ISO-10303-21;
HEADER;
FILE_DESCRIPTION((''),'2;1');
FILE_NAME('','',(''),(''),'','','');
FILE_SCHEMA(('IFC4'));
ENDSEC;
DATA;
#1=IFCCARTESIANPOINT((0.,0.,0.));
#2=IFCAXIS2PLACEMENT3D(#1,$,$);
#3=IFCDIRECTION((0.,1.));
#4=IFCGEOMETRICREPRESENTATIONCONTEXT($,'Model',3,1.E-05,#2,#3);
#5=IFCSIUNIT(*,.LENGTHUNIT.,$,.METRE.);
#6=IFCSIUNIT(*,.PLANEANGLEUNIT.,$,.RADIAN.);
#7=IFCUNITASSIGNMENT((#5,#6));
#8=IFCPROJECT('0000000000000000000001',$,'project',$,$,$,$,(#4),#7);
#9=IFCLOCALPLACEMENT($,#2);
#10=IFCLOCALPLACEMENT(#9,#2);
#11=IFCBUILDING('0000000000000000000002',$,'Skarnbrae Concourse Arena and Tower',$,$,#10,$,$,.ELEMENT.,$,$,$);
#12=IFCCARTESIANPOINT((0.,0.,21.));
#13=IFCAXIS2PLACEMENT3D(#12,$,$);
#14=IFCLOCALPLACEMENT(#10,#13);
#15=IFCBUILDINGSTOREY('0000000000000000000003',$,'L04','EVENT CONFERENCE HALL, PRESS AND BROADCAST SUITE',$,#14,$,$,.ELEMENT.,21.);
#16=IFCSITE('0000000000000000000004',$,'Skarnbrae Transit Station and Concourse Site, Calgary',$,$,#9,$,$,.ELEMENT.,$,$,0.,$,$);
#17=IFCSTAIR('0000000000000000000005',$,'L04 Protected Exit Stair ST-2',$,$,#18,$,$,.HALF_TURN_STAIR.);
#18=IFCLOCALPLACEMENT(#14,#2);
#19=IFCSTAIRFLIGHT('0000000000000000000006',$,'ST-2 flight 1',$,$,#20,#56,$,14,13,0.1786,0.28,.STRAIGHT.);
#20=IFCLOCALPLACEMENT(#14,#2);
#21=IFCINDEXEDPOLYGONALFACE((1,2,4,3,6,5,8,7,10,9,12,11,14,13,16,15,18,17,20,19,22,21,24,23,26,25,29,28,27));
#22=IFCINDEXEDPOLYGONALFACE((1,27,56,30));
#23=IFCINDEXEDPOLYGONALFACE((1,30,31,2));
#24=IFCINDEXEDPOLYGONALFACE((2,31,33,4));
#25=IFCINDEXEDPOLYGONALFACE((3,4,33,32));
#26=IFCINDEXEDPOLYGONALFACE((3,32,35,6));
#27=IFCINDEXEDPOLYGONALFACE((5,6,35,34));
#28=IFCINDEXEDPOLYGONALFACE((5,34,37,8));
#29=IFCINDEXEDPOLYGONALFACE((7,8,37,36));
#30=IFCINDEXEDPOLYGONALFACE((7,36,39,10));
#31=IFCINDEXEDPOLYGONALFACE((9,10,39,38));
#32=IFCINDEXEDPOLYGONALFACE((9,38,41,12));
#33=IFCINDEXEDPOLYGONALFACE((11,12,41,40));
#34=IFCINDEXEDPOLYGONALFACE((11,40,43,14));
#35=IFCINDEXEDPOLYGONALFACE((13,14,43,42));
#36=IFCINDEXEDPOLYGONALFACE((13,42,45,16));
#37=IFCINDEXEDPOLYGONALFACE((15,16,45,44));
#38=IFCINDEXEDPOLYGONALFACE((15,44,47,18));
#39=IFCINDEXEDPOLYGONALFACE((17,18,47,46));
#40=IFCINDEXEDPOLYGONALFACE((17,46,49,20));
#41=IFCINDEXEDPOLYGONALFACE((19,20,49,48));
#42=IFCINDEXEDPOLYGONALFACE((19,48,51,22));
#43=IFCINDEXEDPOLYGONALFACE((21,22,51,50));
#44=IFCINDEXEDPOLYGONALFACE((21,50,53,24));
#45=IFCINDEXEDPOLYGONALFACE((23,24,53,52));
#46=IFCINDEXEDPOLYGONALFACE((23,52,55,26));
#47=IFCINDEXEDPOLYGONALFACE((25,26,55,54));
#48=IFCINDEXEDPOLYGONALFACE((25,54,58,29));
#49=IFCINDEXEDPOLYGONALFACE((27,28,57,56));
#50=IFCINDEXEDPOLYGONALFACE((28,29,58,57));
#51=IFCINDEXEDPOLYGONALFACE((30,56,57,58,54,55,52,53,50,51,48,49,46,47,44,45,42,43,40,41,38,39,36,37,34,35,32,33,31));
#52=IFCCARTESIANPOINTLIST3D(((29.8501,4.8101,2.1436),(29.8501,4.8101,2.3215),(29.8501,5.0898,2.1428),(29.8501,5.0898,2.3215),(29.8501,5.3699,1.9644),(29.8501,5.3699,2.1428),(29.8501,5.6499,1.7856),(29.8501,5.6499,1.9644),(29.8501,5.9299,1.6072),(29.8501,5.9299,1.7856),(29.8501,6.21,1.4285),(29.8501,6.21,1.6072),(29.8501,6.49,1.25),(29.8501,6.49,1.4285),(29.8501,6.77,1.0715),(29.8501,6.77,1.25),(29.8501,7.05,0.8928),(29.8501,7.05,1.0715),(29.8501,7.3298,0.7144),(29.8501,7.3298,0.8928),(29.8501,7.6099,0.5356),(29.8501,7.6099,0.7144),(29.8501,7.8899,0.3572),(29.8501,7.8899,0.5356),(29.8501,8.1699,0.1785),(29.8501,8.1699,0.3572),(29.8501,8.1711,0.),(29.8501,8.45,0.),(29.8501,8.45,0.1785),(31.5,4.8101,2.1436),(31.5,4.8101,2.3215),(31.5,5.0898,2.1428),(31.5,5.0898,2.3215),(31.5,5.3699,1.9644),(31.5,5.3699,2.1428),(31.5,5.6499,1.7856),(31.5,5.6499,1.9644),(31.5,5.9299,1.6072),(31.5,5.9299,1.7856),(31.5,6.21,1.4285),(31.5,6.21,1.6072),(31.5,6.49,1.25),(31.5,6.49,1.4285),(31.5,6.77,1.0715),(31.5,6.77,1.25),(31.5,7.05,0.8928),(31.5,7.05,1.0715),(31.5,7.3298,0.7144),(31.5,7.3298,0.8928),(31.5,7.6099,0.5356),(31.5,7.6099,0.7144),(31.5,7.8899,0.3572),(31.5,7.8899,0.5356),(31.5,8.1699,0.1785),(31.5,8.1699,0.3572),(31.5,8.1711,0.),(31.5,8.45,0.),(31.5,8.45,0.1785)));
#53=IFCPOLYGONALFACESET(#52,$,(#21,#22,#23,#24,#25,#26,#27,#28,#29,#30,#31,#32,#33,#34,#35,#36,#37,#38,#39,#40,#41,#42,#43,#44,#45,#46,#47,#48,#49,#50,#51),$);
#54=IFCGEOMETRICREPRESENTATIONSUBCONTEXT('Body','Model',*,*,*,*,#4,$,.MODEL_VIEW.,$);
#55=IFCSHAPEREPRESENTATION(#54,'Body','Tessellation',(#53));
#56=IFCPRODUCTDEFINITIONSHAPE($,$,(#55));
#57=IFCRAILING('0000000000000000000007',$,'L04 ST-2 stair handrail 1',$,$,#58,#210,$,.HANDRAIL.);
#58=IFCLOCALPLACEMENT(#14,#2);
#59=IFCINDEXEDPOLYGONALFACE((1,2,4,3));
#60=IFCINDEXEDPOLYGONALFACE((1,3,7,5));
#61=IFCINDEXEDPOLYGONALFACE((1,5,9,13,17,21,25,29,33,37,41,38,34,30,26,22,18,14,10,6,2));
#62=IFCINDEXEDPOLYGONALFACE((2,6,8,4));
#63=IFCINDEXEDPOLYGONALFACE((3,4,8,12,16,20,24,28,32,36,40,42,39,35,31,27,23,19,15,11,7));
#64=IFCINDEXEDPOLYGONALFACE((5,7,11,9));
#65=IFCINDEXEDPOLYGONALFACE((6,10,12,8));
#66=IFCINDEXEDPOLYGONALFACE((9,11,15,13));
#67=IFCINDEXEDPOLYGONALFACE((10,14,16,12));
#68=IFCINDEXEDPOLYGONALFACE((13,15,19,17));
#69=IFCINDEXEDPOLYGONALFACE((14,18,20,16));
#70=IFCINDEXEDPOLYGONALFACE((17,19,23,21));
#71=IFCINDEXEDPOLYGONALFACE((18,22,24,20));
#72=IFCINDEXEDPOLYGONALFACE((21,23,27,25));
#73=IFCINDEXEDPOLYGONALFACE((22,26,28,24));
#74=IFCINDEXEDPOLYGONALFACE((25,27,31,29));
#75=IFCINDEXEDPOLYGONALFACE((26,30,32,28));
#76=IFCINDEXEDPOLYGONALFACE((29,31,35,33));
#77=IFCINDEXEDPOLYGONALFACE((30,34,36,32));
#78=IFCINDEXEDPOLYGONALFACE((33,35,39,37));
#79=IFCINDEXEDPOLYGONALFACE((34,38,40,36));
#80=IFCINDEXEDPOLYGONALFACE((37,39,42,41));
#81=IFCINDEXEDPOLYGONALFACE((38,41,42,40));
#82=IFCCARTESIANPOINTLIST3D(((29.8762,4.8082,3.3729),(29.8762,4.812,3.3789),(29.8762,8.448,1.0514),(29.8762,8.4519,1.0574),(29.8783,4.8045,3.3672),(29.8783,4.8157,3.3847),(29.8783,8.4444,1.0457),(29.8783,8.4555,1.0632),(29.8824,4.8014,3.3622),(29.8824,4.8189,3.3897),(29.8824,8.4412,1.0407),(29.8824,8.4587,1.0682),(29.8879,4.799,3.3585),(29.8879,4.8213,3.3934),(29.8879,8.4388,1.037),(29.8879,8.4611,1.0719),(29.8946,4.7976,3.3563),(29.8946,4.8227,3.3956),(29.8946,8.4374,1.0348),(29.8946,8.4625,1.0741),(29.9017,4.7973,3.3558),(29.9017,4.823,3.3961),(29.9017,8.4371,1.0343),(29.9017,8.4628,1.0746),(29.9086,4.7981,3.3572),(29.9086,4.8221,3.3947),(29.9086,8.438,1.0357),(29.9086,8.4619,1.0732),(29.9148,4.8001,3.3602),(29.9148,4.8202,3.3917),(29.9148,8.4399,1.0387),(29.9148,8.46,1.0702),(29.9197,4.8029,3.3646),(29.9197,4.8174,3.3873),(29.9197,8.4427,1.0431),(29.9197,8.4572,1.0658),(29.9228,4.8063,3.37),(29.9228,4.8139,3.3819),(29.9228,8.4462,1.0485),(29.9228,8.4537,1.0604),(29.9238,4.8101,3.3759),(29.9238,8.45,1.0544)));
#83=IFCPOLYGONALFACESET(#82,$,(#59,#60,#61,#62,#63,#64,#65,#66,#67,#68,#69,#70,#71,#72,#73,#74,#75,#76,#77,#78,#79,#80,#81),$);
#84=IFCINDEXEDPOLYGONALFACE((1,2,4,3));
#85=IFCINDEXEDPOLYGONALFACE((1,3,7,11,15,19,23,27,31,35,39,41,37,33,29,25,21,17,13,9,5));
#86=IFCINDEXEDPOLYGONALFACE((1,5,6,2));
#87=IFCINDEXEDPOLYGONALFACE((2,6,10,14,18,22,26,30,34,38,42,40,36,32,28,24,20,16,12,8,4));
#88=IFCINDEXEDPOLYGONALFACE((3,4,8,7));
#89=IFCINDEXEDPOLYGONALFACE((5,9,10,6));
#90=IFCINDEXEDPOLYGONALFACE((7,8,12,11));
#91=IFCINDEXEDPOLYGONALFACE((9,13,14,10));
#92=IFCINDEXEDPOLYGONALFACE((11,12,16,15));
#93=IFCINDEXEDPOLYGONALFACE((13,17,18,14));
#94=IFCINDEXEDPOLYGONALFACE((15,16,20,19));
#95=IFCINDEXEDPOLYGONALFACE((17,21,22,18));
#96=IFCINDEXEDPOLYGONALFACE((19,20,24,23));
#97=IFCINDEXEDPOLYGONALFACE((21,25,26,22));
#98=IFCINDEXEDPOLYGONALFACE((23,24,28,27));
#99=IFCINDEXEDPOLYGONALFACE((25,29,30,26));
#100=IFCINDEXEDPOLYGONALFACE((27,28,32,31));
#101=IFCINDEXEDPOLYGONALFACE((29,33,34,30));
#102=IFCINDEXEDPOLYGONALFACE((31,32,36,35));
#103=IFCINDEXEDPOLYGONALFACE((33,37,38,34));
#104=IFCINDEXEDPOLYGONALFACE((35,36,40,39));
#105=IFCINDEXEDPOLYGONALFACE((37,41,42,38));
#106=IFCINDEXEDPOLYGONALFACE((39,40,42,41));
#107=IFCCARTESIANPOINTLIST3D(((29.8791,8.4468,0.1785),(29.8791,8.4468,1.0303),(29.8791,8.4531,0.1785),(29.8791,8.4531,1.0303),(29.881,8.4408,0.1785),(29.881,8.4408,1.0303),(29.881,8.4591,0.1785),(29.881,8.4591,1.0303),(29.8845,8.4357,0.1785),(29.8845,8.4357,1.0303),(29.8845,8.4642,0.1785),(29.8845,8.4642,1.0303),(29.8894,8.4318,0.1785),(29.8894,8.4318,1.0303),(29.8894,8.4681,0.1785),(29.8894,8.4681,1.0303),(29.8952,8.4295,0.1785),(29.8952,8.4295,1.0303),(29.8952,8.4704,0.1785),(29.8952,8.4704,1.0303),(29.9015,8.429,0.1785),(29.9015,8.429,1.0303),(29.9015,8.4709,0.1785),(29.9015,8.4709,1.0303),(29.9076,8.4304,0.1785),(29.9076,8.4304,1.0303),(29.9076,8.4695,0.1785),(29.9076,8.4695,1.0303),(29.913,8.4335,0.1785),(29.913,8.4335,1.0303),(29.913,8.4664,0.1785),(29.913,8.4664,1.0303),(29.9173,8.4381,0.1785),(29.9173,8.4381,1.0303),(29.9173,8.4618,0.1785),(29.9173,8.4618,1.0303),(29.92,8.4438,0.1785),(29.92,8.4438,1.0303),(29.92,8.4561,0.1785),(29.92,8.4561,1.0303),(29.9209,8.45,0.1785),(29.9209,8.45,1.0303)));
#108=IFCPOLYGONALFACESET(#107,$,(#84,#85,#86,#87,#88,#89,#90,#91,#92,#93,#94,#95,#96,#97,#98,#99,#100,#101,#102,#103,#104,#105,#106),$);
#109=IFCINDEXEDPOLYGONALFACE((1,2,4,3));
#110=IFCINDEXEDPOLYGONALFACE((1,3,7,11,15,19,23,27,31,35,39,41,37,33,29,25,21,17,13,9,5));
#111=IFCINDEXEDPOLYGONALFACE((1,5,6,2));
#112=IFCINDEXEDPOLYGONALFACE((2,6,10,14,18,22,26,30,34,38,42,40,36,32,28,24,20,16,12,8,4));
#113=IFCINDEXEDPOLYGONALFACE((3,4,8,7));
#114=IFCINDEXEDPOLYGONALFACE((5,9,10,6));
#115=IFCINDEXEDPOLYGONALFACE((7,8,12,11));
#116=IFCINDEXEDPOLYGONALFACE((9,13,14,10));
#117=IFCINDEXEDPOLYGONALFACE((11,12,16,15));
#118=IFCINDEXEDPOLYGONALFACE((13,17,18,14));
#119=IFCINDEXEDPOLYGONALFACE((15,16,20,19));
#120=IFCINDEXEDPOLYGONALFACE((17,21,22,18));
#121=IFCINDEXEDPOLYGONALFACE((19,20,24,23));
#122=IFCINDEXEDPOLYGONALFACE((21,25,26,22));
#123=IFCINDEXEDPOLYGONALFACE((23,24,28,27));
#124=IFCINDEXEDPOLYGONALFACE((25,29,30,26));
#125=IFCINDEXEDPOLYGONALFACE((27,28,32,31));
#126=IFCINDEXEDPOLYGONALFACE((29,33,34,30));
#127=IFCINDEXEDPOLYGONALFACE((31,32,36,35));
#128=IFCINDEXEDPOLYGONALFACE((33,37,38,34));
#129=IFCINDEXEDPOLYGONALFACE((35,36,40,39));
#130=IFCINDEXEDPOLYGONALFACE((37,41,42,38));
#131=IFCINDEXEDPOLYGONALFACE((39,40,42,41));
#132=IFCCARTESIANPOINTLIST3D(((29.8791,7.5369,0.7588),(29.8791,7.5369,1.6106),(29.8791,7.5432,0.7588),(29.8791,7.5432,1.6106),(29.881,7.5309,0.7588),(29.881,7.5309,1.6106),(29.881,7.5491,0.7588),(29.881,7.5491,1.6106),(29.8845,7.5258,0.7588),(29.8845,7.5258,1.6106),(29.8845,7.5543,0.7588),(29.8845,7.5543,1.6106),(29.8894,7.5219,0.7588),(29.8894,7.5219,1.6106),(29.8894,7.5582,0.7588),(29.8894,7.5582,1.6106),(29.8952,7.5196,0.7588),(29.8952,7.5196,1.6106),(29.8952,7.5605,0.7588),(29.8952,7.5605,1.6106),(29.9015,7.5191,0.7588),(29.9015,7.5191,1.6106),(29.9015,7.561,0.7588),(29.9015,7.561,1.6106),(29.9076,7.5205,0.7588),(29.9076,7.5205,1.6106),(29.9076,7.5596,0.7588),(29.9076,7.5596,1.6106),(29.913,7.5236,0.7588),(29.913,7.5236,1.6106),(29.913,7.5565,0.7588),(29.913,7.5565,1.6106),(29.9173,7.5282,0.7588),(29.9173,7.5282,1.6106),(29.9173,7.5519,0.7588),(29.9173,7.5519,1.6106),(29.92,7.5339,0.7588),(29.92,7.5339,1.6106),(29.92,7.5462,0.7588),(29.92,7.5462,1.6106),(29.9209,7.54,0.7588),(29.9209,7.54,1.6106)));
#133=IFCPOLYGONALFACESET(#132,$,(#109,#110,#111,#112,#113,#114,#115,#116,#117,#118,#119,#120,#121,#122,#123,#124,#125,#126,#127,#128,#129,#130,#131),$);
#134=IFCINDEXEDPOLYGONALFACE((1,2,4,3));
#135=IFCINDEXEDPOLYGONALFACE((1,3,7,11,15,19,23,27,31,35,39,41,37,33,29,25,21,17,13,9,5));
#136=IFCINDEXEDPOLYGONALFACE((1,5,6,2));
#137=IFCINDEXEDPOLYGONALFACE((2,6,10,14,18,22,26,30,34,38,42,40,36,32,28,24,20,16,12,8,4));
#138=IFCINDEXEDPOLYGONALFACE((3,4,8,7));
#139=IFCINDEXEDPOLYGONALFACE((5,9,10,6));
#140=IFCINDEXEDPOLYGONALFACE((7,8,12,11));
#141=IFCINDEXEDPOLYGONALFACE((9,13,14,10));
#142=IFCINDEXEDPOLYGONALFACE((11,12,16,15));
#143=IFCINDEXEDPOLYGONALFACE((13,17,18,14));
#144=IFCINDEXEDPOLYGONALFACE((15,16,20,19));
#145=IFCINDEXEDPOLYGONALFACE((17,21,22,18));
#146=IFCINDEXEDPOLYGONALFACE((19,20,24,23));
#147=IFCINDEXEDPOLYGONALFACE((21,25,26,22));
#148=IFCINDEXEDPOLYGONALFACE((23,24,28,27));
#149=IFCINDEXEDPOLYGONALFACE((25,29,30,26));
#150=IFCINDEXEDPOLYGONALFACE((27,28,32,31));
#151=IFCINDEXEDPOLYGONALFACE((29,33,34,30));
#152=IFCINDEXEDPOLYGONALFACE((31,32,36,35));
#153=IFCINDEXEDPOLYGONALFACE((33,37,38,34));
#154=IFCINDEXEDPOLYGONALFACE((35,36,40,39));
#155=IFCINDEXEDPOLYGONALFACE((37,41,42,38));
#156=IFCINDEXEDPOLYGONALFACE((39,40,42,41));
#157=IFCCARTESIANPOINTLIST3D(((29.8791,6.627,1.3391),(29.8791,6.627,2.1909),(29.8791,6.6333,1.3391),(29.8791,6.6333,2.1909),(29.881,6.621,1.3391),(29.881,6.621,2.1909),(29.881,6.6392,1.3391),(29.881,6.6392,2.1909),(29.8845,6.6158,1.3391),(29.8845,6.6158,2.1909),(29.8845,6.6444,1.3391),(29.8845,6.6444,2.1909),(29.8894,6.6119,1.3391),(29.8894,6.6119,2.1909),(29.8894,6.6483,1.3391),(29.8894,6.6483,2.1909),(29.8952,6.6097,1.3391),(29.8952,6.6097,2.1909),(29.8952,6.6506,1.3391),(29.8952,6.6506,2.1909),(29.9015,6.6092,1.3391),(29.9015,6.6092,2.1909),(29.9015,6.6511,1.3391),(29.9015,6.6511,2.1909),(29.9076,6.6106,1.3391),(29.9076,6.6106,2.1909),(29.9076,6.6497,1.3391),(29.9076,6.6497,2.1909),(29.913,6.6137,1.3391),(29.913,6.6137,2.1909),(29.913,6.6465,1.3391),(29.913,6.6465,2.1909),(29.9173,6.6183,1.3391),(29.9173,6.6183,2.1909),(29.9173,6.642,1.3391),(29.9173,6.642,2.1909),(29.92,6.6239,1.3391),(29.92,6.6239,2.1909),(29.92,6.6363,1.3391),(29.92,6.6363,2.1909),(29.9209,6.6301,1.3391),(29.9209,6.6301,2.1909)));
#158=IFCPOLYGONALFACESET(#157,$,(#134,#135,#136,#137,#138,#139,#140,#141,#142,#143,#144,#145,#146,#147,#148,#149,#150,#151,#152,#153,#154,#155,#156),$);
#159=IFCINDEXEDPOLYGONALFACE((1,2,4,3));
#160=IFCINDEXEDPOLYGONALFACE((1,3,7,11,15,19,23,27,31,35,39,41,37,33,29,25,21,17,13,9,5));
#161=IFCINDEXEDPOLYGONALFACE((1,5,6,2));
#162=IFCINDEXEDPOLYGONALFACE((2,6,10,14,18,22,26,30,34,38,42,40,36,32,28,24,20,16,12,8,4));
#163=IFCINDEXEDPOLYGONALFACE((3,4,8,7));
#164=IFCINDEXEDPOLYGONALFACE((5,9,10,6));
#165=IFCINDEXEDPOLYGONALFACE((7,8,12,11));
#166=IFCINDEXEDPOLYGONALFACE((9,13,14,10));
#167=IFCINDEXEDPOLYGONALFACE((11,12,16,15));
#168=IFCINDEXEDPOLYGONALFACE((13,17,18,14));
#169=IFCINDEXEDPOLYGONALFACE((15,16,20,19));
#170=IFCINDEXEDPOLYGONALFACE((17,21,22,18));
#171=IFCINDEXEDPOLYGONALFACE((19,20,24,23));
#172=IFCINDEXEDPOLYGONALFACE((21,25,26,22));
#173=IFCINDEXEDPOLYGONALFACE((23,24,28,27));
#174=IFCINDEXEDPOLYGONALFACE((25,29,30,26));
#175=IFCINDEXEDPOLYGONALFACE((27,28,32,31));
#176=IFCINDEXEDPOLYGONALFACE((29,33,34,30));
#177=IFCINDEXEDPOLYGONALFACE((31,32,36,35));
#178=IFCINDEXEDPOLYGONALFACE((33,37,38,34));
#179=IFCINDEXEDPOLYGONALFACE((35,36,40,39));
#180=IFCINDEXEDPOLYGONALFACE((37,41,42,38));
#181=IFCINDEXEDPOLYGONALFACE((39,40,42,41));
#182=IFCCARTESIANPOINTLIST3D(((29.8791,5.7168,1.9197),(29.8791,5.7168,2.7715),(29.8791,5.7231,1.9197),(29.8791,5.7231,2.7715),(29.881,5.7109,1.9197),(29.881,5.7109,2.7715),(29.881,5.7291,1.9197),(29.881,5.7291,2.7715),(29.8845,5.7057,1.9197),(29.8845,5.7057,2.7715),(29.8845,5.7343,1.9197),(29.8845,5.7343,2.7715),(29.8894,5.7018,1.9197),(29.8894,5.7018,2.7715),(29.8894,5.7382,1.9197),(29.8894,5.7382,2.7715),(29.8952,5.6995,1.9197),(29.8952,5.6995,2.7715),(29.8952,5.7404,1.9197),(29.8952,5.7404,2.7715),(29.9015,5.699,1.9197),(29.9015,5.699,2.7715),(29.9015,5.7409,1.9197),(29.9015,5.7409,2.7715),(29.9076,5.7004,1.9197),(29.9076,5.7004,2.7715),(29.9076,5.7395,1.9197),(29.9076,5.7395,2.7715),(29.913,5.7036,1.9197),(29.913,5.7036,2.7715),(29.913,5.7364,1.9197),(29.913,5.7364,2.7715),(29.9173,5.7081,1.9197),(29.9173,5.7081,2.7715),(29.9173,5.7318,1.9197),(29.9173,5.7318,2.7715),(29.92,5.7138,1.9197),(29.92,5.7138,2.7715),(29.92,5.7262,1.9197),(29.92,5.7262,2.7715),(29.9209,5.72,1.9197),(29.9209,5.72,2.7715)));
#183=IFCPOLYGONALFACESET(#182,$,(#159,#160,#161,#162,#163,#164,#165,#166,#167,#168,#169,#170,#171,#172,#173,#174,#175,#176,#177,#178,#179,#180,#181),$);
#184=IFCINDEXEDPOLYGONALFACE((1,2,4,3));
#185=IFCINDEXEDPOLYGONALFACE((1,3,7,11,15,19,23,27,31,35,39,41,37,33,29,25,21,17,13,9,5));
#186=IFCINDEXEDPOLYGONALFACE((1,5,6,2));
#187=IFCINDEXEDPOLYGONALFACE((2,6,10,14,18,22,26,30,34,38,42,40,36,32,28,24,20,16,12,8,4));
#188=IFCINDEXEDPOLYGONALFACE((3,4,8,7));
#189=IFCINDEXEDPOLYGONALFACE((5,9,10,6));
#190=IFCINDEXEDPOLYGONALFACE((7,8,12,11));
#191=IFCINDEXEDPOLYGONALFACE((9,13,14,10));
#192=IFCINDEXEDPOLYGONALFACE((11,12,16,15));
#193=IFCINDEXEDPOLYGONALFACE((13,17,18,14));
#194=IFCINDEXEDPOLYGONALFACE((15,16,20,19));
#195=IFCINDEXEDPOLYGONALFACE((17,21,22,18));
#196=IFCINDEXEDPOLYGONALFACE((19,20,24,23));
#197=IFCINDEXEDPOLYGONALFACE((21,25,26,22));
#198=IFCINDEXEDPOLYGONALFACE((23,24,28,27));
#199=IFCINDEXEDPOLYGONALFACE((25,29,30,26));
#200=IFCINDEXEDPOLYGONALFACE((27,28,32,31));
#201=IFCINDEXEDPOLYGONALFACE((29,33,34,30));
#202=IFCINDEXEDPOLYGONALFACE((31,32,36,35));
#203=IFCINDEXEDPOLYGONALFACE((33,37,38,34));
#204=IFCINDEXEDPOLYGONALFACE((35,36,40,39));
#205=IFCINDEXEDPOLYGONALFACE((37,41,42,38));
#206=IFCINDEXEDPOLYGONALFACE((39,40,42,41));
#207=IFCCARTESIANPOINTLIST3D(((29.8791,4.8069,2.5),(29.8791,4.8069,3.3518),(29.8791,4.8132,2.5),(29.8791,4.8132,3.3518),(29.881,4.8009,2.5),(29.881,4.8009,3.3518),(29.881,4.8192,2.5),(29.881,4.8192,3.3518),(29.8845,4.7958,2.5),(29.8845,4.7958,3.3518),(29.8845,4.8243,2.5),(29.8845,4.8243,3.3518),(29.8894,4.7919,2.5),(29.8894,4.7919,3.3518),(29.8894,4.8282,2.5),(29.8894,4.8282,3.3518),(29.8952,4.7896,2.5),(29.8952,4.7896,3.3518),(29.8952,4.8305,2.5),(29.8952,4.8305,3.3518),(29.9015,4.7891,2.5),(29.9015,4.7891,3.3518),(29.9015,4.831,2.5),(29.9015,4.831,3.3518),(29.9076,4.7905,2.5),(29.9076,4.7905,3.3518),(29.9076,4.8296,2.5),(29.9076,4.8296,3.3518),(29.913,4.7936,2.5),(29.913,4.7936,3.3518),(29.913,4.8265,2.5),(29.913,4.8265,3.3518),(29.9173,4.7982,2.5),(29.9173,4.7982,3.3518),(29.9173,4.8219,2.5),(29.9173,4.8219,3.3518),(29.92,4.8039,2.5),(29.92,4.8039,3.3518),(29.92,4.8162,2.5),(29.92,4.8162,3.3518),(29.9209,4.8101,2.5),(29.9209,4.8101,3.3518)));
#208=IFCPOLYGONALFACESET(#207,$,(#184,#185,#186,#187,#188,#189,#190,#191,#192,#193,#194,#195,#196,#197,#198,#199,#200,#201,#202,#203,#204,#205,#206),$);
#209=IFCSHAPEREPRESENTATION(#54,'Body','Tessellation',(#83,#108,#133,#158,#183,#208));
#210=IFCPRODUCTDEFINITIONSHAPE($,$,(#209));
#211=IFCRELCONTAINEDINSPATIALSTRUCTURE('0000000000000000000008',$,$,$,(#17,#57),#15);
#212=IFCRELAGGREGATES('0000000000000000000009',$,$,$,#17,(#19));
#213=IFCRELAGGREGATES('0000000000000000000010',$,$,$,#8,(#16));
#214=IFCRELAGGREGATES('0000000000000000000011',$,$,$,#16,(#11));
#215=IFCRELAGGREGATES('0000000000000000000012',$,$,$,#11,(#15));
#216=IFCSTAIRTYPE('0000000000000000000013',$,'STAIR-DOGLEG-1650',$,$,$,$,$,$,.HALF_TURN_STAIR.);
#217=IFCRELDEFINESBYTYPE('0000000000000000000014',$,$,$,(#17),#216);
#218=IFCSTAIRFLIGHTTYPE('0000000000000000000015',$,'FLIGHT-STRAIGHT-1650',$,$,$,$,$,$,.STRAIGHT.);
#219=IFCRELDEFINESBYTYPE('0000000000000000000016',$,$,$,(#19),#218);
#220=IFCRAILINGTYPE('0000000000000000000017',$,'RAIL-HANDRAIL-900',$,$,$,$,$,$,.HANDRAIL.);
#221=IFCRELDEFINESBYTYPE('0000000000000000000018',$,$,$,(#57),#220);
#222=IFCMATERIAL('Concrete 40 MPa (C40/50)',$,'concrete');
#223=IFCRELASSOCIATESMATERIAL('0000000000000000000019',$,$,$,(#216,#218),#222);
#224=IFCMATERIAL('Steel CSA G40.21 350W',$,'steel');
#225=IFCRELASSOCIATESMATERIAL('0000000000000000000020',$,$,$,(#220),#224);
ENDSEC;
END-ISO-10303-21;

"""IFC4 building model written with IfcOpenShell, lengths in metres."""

from ifc_helpers import new_model, si_unit, direction, frame, origin, origin_2d, place, context, subcontext, project, spatial, polyline, circle, outline, extrude, source, transform, mapped, material, type_object, element, aggregate, save


model = new_model("IFC4")

# Units and contexts
model_context = context("Model", 3, precision=1e-05, world=origin(), true_north=direction((0.0, 1.0)))
body_context = subcontext(model_context, "Body", "Model", "MODEL_VIEW")
ifc_project = project(units=[si_unit("LENGTHUNIT", "METRE"), si_unit("PLANEANGLEUNIT", "RADIAN")], contexts=[model_context])

# Site, building, storey
site_placement = place(None, origin())
site = spatial("IfcSite", under=ifc_project, at=site_placement, Name="Skarnbrae Transit Station and Concourse Site, Calgary", CompositionType="ELEMENT", RefElevation=0.0)
building_placement = place(site_placement, origin())
building = spatial("IfcBuilding", under=site, at=building_placement, Name="Skarnbrae Concourse Arena and Tower", CompositionType="ELEMENT")
storey_placement = place(building_placement, frame((0.0, 0.0, 21.0)))
storey = spatial("IfcBuildingStorey", under=building, at=storey_placement, Name="L04", Description="EVENT CONFERENCE HALL, PRESS AND BROADCAST SUITE", CompositionType="ELEMENT", Elevation=21.0)

# Shared definitions
ifc_material_1 = material(Name="Steel CSA G40.21 350W", Category="steel")

# Stair, stair flight
ifc_material_2 = material(Name="Concrete 40 MPa (C40/50)", Category="concrete")
stair_type = type_object("IfcStairType", Name="STAIR-DOGLEG-1650", PredefinedType="HALF_TURN_STAIR", material=ifc_material_2)
stair_placement = place(storey_placement, origin())
stair = element("IfcStair", 1, at=stair_placement, inside=storey, type_object=stair_type, Name="L04 Protected Exit Stair ST-2", PredefinedType="HALF_TURN_STAIR")
stair_flight_type = type_object("IfcStairFlightType", Name="FLIGHT-STRAIGHT-1650", PredefinedType="STRAIGHT", material=ifc_material_2)
shared_shape_1 = source(origin(), body_context, "Body", "SweptSolid", [
    extrude(outline(polyline([(0.0, 0.0), (0.0, 0.1785), (0.28, 0.1785), (0.28, 0.3572), (0.5601, 0.3572), (0.5601, 0.5356), (0.8401, 0.5356), (0.8401, 0.7144), (1.1201, 0.7144), (1.1201, 0.8928), (1.3999, 0.8928), (1.3999, 1.0715), (1.6799, 1.0715), (1.6799, 1.25), (1.96, 1.25), (1.96, 1.4285), (2.24, 1.4285), (2.24, 1.6072), (2.52, 1.6072), (2.52, 1.7856), (2.8, 1.7856), (2.8, 1.9644), (3.0801, 1.9644), (3.0801, 2.1428), (3.3601, 2.1428), (3.3601, 2.3215), (3.6399, 2.3215), (3.6399, 2.5), (3.6399, 2.1436), (0.2788, 0.0), (0.0, 0.0)])), frame((0.0, 0.825, 0.0), z_axis=(0.0, -1.0, 0.0), x_axis=(1.0, 0.0, 0.0)), (0.0, 0.0, 1.0), 1.6499),
])
stair_flight_placement = place(storey_placement, frame((30.675, 8.45, 0.0), z_axis=(0.0, 0.0, 1.0), x_axis=(0.0, -1.0, 0.0)))
stair_flight = element("IfcStairFlight", 2, at=stair_flight_placement, type_object=stair_flight_type, Name="ST-2 flight 1", NumberOfRisers=14, NumberOfTreads=13, PredefinedType="STRAIGHT", RiserHeight=0.1786, TreadLength=0.28, context=body_context, shape_type="MappedRepresentation", body=[
    mapped(shared_shape_1, transform((0.0, 0.0, 0.0))),
])
aggregate(stair, [stair_flight])

# Railing
railing_type = type_object("IfcRailingType", Name="RAIL-HANDRAIL-900", PredefinedType="HANDRAIL", material=ifc_material_1)
railing_placement = place(storey_placement, frame((29.8999, 8.45, 0.1785)))
element("IfcRailing", 3, at=railing_placement, inside=storey, type_object=railing_type, Name="L04 ST-2 stair handrail 1", PredefinedType="HANDRAIL", context=body_context, shape_type="SweptSolid", body=[
    extrude(circle(Radius=0.0239, at=origin_2d()), frame((0.0, 0.0, 0.876), z_axis=(0.0, -0.843112, 0.537739), x_axis=(1.0, 0.0, 0.0)), (0.0, 0.0, 1.0), 4.3171),
    extrude(circle(Radius=0.021, at=origin_2d()), origin(), (0.0, 0.0, 1.0), 0.8518),
    extrude(circle(Radius=0.021, at=origin_2d()), frame((0.0, -0.9099, 0.5803)), (0.0, 0.0, 1.0), 0.8518),
    extrude(circle(Radius=0.021, at=origin_2d()), frame((0.0, -1.8198, 1.1606)), (0.0, 0.0, 1.0), 0.8518),
    extrude(circle(Radius=0.021, at=origin_2d()), frame((0.0, -2.73, 1.7412)), (0.0, 0.0, 1.0), 0.8518),
    extrude(circle(Radius=0.021, at=origin_2d()), frame((0.0, -3.6399, 2.3215)), (0.0, 0.0, 1.0), 0.8518),
])

save(model, "model.ifc")
